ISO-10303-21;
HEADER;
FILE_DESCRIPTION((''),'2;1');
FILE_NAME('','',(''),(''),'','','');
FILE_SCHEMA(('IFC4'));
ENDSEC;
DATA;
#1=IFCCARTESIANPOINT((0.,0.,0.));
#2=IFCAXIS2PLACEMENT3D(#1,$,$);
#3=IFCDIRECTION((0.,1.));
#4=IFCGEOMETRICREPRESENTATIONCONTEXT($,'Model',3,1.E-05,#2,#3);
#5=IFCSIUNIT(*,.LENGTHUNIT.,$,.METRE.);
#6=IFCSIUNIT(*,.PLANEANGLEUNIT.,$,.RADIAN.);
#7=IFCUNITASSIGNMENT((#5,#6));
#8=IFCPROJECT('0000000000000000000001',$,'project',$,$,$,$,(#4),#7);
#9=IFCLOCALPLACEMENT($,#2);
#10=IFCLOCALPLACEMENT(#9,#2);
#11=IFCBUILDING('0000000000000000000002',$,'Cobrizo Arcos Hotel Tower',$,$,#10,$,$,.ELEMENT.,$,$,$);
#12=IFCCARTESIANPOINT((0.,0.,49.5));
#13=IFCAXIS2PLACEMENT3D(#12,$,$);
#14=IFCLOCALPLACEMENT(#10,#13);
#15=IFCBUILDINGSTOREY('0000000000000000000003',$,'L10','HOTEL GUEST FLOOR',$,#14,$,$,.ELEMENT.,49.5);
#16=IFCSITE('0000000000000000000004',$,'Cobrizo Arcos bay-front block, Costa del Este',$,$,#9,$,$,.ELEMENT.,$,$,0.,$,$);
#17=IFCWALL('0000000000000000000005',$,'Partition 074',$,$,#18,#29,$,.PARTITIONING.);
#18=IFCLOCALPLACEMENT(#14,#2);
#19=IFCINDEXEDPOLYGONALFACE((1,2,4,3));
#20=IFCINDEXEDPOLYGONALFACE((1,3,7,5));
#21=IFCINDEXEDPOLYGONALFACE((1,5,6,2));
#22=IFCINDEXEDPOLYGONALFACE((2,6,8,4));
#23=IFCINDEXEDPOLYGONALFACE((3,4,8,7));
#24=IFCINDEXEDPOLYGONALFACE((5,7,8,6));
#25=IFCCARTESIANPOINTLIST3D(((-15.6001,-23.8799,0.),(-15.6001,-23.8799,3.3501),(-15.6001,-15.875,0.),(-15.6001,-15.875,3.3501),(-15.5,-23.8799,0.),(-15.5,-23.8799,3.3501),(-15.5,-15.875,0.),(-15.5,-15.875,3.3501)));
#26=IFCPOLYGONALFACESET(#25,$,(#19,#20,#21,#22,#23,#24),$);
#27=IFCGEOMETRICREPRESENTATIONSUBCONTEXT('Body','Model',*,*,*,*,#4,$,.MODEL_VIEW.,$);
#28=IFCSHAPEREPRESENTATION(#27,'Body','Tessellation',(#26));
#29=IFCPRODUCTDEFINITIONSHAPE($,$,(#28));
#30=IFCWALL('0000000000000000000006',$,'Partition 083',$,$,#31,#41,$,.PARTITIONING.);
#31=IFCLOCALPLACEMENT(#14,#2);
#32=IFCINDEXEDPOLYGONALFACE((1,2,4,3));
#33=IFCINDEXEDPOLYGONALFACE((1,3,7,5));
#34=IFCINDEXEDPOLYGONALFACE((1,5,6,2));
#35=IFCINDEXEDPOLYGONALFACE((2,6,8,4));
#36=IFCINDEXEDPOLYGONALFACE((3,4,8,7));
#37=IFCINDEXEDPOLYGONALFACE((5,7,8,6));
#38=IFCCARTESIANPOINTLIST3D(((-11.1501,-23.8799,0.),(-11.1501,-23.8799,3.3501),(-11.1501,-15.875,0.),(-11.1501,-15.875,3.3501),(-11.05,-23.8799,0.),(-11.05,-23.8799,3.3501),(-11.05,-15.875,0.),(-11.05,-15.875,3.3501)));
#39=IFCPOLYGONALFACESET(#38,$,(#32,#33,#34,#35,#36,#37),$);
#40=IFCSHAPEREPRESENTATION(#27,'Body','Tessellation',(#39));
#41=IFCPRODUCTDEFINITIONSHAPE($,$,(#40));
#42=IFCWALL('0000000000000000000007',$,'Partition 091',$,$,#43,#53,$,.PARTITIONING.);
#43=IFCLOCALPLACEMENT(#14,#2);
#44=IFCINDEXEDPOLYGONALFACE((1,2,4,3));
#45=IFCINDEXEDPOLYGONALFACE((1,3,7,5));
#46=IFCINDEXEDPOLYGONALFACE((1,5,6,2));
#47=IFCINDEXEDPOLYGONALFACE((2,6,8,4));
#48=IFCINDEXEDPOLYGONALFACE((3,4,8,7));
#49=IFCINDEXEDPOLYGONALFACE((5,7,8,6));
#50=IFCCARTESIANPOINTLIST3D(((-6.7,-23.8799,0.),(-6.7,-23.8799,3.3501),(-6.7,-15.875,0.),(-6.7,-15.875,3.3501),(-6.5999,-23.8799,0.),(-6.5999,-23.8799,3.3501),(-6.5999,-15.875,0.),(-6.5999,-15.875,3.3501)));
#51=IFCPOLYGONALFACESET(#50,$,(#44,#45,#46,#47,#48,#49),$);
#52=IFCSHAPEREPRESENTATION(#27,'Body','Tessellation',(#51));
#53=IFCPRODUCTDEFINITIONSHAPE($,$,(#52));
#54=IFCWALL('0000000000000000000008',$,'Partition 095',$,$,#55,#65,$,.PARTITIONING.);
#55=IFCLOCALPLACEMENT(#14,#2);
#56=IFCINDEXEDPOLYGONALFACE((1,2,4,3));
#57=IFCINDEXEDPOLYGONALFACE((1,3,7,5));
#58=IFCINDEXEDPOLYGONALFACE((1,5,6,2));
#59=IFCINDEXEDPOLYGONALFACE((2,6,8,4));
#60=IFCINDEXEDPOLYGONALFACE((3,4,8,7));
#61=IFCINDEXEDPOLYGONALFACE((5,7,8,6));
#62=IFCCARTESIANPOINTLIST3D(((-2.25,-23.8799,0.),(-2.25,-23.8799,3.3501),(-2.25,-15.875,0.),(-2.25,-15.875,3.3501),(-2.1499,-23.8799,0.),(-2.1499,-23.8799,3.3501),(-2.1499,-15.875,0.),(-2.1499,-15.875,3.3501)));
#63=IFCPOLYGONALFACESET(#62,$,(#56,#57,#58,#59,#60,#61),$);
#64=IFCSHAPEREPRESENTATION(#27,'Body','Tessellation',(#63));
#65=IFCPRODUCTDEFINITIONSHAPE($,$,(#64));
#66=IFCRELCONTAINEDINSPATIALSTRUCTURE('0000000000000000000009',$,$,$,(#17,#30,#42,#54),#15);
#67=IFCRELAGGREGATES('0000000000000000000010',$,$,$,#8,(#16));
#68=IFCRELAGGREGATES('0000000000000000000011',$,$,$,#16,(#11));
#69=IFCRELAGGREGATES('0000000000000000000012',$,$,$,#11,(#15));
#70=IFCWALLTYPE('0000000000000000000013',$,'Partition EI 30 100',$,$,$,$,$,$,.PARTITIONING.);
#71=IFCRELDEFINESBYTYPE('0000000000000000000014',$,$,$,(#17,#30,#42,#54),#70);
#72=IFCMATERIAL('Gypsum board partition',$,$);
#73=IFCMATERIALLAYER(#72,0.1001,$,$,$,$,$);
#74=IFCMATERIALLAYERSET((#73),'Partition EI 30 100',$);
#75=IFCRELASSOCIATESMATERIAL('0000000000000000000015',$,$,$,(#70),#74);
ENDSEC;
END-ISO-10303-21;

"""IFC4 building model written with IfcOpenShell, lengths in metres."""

from ifc_helpers import new_model, si_unit, direction, frame, frame_2d, origin, place, context, subcontext, project, spatial, rectangle, extrude, material, layer, layer_set, type_object, element, save


model = new_model("IFC4")

# Units and contexts
model_context = context("Model", 3, precision=1e-05, world=origin(), true_north=direction((0.0, 1.0)))
body_context = subcontext(model_context, "Body", "Model", "MODEL_VIEW")
ifc_project = project(units=[si_unit("LENGTHUNIT", "METRE"), si_unit("PLANEANGLEUNIT", "RADIAN")], contexts=[model_context])

# Site, building, storey
site_placement = place(None, origin())
site = spatial("IfcSite", under=ifc_project, at=site_placement, Name="Cobrizo Arcos bay-front block, Costa del Este", CompositionType="ELEMENT", RefElevation=0.0)
building_placement = place(site_placement, origin())
building = spatial("IfcBuilding", under=site, at=building_placement, Name="Cobrizo Arcos Hotel Tower", CompositionType="ELEMENT")
storey_placement = place(building_placement, frame((0.0, 0.0, 49.5)))
storey = spatial("IfcBuildingStorey", under=building, at=storey_placement, Name="L10", Description="HOTEL GUEST FLOOR", CompositionType="ELEMENT", Elevation=49.5)

# Walls
ifc_material_1 = material(Name="Gypsum board partition")
ifc_layer_1 = layer(ifc_material_1, 0.1001)
ifc_layer_set_1 = layer_set([ifc_layer_1], Name="Partition EI 30 100")
wall_type = type_object("IfcWallType", Name="Partition EI 30 100", PredefinedType="PARTITIONING", material=ifc_layer_set_1)
for number, where, z_axis, x_axis, name in (
    (1, (-15.55, -23.8799, 0.0), (0.0, 0.0, 1.0), (0.0, 1.0, 0.0), "Partition 074"),
    (2, (-11.1001, -23.8799, 0.0), (0.0, 0.0, 1.0), (0.0, 1.0, 0.0), "Partition 083"),
    (3, (-6.6499, -23.8799, 0.0), (0.0, 0.0, 1.0), (0.0, 1.0, 0.0), "Partition 091"),
    (4, (-2.2, -23.8799, 0.0), (0.0, 0.0, 1.0), (0.0, 1.0, 0.0), "Partition 095"),
):
    element("IfcWall", number, at=place(storey_placement, frame(where, z_axis=z_axis, x_axis=x_axis)), inside=storey, type_object=wall_type, Name=name, PredefinedType="PARTITIONING", context=body_context, shape_type="SweptSolid", body=[
        extrude(rectangle(XDim=8.0049, YDim=0.1001, at=frame_2d((4.0024, 0.0))), origin(), (0.0, 0.0, 1.0), 3.3501),
    ])

save(model, "model.ifc")
